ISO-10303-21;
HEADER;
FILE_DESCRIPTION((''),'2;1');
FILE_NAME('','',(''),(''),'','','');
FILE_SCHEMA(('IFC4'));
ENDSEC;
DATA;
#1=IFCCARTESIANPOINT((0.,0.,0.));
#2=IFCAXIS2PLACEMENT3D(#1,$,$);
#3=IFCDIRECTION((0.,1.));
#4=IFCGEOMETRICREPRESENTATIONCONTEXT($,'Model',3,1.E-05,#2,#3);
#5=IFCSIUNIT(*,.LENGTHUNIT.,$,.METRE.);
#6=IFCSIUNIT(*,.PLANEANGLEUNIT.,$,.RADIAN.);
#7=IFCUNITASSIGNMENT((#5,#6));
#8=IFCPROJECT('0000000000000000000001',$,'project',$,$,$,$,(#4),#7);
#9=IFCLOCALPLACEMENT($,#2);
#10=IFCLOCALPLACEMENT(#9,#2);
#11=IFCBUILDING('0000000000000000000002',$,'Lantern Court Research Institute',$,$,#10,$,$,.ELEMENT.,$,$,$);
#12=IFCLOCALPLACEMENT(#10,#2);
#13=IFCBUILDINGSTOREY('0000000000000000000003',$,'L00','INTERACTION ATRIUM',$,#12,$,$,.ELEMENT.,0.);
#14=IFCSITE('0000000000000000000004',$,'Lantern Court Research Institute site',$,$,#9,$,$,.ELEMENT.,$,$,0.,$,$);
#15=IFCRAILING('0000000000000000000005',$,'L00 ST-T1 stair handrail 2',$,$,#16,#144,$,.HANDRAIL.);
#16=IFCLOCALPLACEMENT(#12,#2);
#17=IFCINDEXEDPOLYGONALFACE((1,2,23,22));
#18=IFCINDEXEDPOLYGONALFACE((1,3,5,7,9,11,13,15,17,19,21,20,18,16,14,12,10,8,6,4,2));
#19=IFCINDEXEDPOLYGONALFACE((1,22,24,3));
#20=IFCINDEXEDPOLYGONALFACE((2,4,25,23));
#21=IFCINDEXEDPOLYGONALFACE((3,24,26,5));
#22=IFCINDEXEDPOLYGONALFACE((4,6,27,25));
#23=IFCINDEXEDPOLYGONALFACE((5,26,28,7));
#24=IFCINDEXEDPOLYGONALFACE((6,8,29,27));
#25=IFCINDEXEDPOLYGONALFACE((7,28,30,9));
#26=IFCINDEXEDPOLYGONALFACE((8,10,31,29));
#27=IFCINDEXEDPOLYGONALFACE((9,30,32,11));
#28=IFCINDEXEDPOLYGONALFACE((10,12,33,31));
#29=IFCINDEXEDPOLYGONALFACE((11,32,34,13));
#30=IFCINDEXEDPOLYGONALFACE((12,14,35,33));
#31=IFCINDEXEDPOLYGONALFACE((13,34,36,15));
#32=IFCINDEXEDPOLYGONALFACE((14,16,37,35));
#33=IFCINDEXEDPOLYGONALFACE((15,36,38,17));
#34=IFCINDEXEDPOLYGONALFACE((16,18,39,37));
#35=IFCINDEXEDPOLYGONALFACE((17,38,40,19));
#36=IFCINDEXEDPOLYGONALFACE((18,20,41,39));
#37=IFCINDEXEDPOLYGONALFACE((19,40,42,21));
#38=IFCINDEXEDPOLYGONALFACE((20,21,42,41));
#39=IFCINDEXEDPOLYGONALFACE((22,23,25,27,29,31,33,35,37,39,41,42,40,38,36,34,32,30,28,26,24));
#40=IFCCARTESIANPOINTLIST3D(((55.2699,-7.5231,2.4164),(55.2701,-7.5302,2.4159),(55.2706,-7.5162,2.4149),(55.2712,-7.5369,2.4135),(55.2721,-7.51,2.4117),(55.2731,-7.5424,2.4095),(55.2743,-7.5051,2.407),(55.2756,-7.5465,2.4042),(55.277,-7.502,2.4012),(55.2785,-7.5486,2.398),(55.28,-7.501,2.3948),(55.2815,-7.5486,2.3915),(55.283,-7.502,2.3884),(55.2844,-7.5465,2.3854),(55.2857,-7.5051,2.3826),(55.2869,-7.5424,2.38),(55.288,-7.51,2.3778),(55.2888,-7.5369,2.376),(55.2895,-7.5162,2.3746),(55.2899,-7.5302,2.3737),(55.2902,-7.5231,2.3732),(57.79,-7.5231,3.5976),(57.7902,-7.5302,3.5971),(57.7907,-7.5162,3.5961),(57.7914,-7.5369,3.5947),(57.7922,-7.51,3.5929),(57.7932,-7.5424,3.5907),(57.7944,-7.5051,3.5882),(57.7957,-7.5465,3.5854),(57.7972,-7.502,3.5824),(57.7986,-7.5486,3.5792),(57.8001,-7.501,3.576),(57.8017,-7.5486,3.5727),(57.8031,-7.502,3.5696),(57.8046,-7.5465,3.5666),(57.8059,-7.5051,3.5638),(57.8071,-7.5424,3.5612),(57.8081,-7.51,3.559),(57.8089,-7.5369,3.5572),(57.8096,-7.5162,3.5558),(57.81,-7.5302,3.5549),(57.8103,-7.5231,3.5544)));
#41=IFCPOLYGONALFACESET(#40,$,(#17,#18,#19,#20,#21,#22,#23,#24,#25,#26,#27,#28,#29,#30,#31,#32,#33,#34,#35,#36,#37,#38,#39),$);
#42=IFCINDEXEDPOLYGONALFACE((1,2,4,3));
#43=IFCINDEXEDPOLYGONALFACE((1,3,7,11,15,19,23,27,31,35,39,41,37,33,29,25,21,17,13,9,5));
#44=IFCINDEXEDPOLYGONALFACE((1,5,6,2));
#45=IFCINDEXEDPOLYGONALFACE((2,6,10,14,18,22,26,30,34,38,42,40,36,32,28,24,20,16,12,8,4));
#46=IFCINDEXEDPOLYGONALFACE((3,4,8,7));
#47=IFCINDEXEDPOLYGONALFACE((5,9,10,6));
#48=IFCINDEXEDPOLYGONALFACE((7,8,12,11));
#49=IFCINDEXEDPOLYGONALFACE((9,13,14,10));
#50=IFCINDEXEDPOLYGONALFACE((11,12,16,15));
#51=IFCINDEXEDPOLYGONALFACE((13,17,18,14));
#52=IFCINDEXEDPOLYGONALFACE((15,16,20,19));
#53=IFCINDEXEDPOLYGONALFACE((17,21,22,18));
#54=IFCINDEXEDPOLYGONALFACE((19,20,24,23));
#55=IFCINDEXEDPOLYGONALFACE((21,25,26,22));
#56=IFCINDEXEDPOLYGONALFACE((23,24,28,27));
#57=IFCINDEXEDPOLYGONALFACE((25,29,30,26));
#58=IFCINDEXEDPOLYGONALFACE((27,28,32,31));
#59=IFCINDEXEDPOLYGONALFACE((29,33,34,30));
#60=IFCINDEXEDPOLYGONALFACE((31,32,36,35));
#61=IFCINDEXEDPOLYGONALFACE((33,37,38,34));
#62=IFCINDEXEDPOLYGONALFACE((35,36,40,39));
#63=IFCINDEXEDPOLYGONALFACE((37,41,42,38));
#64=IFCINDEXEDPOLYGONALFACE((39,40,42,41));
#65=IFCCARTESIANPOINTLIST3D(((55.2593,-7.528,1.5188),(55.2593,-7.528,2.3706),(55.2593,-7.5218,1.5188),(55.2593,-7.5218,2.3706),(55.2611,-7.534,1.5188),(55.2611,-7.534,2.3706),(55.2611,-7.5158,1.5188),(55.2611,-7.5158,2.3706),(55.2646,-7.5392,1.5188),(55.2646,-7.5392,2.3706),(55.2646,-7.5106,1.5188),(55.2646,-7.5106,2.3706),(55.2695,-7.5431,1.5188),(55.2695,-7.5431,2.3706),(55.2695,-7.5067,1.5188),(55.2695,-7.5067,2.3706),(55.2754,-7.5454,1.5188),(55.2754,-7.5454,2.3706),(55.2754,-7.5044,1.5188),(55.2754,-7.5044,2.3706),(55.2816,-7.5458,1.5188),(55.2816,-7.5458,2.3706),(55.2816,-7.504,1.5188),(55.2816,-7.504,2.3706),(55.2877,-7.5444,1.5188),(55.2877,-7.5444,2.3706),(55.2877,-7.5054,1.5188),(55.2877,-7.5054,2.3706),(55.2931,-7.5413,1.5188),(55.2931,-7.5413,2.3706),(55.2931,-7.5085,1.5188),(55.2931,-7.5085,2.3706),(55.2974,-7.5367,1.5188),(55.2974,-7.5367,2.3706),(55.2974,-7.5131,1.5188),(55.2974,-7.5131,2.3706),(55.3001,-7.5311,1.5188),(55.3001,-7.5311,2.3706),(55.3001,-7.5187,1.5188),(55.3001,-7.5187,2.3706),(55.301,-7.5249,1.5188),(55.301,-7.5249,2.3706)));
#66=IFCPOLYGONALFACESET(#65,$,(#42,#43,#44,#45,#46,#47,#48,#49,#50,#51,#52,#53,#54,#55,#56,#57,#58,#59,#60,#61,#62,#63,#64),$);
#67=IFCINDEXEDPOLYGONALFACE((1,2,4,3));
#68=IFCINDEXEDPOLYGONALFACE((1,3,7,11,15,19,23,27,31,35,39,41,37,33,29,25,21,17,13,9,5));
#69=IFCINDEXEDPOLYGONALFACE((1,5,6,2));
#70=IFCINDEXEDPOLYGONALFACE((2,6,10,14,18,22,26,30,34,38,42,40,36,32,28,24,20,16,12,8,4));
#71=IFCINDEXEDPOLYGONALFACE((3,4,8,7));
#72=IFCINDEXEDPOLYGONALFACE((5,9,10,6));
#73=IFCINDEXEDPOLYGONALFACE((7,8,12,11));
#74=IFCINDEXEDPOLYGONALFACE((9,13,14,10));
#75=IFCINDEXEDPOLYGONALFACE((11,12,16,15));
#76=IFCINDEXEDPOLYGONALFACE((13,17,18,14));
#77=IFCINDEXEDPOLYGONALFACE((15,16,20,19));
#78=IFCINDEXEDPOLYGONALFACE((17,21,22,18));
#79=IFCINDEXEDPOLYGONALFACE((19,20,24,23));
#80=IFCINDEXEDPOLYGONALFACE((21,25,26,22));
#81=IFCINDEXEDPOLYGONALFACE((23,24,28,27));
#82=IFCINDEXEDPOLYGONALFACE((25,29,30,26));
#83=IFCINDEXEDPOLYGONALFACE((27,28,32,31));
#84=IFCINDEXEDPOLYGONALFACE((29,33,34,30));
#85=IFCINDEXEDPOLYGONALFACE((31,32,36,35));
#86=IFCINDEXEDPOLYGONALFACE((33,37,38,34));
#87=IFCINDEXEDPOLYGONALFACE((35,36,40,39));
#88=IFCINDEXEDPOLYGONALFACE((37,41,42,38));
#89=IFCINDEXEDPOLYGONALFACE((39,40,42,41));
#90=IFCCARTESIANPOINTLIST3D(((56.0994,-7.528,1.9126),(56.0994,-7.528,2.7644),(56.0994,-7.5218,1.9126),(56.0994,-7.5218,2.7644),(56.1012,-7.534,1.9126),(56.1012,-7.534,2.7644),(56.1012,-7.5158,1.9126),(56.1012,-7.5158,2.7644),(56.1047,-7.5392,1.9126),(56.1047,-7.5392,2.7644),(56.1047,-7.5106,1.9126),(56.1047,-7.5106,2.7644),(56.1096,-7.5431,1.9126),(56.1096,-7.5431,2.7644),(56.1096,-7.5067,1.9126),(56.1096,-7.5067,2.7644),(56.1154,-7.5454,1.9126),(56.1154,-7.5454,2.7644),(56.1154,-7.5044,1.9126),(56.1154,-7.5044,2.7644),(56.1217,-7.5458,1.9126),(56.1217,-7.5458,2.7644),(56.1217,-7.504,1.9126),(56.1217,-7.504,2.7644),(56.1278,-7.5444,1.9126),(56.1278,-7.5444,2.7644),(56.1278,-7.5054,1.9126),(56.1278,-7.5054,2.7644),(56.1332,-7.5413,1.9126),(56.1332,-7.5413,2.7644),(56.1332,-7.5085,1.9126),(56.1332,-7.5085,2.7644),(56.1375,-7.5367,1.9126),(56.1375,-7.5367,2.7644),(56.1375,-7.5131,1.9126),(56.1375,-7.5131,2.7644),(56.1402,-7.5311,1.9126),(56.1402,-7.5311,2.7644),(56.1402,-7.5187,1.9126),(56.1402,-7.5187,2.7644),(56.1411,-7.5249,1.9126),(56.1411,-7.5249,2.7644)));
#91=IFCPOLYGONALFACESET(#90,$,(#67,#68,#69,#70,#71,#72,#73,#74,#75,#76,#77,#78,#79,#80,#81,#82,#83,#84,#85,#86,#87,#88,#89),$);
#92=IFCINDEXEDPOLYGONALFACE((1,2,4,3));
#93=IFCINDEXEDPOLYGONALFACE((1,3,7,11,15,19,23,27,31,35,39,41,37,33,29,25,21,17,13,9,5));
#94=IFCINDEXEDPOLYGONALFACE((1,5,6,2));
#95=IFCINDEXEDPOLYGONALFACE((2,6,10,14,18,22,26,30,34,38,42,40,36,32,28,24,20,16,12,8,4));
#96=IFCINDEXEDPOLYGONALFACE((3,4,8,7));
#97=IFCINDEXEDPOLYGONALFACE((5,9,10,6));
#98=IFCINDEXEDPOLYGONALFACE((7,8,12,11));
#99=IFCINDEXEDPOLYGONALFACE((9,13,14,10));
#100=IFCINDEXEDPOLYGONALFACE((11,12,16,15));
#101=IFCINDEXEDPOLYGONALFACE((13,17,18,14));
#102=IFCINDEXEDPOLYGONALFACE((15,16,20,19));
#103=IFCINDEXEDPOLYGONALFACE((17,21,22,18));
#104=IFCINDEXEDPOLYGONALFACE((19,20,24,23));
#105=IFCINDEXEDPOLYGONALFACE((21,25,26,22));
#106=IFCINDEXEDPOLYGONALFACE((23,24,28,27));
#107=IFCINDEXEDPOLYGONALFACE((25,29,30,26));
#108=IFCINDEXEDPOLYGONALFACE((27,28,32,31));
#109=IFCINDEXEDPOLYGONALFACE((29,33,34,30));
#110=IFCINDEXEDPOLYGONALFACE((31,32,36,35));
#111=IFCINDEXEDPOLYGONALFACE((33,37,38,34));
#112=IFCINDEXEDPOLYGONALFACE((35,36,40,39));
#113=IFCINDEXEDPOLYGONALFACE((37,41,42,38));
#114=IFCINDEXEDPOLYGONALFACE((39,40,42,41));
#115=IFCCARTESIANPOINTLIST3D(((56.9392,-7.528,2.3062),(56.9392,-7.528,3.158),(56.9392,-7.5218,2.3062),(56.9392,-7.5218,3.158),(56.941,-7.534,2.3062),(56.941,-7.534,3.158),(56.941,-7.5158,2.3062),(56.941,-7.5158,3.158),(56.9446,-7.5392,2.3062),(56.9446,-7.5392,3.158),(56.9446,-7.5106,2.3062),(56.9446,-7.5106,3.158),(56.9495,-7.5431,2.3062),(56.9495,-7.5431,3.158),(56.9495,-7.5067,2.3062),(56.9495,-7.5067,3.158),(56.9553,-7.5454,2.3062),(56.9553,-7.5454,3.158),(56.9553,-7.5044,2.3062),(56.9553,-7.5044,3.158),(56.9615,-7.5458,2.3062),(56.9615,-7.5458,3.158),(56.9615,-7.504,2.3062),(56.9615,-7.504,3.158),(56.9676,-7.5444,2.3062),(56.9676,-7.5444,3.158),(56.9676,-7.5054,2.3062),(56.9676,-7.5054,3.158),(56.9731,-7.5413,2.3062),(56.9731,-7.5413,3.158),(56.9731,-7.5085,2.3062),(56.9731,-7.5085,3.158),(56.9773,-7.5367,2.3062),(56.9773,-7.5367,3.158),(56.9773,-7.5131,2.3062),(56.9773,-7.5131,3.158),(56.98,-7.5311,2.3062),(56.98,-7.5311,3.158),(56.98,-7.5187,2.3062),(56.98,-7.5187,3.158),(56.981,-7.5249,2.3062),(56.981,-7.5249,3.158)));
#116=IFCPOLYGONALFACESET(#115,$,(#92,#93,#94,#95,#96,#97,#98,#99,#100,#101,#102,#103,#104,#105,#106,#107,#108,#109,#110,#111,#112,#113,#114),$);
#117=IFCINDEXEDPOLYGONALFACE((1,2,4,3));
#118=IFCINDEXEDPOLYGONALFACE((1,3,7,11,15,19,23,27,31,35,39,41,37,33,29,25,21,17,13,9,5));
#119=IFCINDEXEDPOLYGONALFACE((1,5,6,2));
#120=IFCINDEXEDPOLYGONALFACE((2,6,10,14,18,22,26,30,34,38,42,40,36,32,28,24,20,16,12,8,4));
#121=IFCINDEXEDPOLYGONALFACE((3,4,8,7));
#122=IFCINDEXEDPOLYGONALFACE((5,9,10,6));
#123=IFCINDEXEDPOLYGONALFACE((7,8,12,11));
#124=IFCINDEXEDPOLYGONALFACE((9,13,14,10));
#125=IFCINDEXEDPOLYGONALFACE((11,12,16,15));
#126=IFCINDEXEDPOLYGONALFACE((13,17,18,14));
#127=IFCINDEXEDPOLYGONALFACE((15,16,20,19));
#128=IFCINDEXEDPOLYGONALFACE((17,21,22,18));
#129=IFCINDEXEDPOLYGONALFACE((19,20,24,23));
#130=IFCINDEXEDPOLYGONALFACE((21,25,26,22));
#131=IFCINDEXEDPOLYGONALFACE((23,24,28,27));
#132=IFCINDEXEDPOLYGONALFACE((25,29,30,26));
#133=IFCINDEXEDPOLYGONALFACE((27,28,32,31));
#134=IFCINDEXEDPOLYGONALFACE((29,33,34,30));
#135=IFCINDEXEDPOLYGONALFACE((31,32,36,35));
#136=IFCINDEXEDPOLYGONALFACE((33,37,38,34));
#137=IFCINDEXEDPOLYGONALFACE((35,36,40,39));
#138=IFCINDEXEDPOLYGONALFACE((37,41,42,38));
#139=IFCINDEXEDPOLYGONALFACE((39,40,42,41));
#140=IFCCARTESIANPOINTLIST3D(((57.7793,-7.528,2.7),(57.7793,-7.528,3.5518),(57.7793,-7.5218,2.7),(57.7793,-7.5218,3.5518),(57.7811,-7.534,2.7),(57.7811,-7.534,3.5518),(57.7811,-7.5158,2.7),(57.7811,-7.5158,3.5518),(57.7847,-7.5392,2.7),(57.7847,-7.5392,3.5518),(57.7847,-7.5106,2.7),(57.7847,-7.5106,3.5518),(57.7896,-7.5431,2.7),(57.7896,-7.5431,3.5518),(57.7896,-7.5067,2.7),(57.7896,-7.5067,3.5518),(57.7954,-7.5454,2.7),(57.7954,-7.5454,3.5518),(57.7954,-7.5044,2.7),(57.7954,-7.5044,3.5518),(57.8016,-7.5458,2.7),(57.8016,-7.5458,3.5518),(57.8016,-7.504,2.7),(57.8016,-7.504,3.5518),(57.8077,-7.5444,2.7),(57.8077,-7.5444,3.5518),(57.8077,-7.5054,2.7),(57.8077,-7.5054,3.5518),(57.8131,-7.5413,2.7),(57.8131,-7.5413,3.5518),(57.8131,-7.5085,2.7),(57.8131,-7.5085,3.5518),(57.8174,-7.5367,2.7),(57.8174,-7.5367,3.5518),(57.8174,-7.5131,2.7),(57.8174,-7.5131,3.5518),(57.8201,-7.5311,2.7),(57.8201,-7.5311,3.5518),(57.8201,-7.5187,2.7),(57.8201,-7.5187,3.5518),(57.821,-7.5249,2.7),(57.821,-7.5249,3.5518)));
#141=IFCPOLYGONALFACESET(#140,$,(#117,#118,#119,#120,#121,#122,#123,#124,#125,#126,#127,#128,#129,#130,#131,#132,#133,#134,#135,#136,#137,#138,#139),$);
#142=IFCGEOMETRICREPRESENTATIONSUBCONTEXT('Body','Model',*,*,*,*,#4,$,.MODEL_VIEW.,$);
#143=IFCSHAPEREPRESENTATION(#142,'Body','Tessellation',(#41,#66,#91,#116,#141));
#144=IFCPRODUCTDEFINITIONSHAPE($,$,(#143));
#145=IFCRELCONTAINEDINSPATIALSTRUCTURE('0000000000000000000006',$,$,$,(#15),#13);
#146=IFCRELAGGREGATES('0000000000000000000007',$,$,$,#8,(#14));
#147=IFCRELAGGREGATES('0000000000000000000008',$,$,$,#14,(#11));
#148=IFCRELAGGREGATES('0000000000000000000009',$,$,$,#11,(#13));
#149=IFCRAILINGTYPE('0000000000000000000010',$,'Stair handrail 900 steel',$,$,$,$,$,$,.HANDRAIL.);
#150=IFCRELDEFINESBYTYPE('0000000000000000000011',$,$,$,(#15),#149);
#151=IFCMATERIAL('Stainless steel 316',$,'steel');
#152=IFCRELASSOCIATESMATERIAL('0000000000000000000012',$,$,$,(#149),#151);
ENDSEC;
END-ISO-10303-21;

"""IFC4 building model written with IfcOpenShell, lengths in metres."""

from ifc_helpers import new_model, si_unit, direction, frame, origin, origin_2d, place, context, subcontext, project, spatial, circle, extrude, material, type_object, element, save


model = new_model("IFC4")

# Units and contexts
model_context = context("Model", 3, precision=1e-05, world=origin(), true_north=direction((0.0, 1.0)))
body_context = subcontext(model_context, "Body", "Model", "MODEL_VIEW")
ifc_project = project(units=[si_unit("LENGTHUNIT", "METRE"), si_unit("PLANEANGLEUNIT", "RADIAN")], contexts=[model_context])

# Site, building, storey
site_placement = place(None, origin())
site = spatial("IfcSite", under=ifc_project, at=site_placement, Name="Lantern Court Research Institute site", CompositionType="ELEMENT", RefElevation=0.0)
building_placement = place(site_placement, origin())
building = spatial("IfcBuilding", under=site, at=building_placement, Name="Lantern Court Research Institute", CompositionType="ELEMENT")
storey_placement = place(building_placement, origin())
storey = spatial("IfcBuildingStorey", under=building, at=storey_placement, Name="L00", Description="INTERACTION ATRIUM", CompositionType="ELEMENT", Elevation=0.0)

# Railing
ifc_material_1 = material(Name="Stainless steel 316", Category="steel")
railing_type_1 = type_object("IfcRailingType", Name="Stair handrail 900 steel", PredefinedType="HANDRAIL", material=ifc_material_1)
for number, where, name in (
    (1, (55.28, -7.5249, 1.5188), "L00 ST-T1 stair handrail 2"),
):
    element("IfcRailing", number, at=place(storey_placement, frame(where)), inside=storey, type_object=railing_type_1, Name=name, PredefinedType="HANDRAIL", context=body_context, shape_type="SweptSolid", body=[
        extrude(circle(Radius=0.0239, at=origin_2d()), frame((0.0, 0.0, 0.876), z_axis=(0.905474, 0.0, 0.424402), x_axis=(0.0, 1.0, 0.0)), (0.0, 0.0, 1.0), 2.7832),
        extrude(circle(Radius=0.021, at=origin_2d()), origin(), (0.0, 0.0, 1.0), 0.8518),
        extrude(circle(Radius=0.021, at=origin_2d()), frame((0.8401, 0.0, 0.3938)), (0.0, 0.0, 1.0), 0.8518),
        extrude(circle(Radius=0.021, at=origin_2d()), frame((1.6799, 0.0, 0.7874)), (0.0, 0.0, 1.0), 0.8518),
        extrude(circle(Radius=0.021, at=origin_2d()), frame((2.52, 0.0, 1.1812)), (0.0, 0.0, 1.0), 0.8518),
    ])

save(model, "model.ifc")
